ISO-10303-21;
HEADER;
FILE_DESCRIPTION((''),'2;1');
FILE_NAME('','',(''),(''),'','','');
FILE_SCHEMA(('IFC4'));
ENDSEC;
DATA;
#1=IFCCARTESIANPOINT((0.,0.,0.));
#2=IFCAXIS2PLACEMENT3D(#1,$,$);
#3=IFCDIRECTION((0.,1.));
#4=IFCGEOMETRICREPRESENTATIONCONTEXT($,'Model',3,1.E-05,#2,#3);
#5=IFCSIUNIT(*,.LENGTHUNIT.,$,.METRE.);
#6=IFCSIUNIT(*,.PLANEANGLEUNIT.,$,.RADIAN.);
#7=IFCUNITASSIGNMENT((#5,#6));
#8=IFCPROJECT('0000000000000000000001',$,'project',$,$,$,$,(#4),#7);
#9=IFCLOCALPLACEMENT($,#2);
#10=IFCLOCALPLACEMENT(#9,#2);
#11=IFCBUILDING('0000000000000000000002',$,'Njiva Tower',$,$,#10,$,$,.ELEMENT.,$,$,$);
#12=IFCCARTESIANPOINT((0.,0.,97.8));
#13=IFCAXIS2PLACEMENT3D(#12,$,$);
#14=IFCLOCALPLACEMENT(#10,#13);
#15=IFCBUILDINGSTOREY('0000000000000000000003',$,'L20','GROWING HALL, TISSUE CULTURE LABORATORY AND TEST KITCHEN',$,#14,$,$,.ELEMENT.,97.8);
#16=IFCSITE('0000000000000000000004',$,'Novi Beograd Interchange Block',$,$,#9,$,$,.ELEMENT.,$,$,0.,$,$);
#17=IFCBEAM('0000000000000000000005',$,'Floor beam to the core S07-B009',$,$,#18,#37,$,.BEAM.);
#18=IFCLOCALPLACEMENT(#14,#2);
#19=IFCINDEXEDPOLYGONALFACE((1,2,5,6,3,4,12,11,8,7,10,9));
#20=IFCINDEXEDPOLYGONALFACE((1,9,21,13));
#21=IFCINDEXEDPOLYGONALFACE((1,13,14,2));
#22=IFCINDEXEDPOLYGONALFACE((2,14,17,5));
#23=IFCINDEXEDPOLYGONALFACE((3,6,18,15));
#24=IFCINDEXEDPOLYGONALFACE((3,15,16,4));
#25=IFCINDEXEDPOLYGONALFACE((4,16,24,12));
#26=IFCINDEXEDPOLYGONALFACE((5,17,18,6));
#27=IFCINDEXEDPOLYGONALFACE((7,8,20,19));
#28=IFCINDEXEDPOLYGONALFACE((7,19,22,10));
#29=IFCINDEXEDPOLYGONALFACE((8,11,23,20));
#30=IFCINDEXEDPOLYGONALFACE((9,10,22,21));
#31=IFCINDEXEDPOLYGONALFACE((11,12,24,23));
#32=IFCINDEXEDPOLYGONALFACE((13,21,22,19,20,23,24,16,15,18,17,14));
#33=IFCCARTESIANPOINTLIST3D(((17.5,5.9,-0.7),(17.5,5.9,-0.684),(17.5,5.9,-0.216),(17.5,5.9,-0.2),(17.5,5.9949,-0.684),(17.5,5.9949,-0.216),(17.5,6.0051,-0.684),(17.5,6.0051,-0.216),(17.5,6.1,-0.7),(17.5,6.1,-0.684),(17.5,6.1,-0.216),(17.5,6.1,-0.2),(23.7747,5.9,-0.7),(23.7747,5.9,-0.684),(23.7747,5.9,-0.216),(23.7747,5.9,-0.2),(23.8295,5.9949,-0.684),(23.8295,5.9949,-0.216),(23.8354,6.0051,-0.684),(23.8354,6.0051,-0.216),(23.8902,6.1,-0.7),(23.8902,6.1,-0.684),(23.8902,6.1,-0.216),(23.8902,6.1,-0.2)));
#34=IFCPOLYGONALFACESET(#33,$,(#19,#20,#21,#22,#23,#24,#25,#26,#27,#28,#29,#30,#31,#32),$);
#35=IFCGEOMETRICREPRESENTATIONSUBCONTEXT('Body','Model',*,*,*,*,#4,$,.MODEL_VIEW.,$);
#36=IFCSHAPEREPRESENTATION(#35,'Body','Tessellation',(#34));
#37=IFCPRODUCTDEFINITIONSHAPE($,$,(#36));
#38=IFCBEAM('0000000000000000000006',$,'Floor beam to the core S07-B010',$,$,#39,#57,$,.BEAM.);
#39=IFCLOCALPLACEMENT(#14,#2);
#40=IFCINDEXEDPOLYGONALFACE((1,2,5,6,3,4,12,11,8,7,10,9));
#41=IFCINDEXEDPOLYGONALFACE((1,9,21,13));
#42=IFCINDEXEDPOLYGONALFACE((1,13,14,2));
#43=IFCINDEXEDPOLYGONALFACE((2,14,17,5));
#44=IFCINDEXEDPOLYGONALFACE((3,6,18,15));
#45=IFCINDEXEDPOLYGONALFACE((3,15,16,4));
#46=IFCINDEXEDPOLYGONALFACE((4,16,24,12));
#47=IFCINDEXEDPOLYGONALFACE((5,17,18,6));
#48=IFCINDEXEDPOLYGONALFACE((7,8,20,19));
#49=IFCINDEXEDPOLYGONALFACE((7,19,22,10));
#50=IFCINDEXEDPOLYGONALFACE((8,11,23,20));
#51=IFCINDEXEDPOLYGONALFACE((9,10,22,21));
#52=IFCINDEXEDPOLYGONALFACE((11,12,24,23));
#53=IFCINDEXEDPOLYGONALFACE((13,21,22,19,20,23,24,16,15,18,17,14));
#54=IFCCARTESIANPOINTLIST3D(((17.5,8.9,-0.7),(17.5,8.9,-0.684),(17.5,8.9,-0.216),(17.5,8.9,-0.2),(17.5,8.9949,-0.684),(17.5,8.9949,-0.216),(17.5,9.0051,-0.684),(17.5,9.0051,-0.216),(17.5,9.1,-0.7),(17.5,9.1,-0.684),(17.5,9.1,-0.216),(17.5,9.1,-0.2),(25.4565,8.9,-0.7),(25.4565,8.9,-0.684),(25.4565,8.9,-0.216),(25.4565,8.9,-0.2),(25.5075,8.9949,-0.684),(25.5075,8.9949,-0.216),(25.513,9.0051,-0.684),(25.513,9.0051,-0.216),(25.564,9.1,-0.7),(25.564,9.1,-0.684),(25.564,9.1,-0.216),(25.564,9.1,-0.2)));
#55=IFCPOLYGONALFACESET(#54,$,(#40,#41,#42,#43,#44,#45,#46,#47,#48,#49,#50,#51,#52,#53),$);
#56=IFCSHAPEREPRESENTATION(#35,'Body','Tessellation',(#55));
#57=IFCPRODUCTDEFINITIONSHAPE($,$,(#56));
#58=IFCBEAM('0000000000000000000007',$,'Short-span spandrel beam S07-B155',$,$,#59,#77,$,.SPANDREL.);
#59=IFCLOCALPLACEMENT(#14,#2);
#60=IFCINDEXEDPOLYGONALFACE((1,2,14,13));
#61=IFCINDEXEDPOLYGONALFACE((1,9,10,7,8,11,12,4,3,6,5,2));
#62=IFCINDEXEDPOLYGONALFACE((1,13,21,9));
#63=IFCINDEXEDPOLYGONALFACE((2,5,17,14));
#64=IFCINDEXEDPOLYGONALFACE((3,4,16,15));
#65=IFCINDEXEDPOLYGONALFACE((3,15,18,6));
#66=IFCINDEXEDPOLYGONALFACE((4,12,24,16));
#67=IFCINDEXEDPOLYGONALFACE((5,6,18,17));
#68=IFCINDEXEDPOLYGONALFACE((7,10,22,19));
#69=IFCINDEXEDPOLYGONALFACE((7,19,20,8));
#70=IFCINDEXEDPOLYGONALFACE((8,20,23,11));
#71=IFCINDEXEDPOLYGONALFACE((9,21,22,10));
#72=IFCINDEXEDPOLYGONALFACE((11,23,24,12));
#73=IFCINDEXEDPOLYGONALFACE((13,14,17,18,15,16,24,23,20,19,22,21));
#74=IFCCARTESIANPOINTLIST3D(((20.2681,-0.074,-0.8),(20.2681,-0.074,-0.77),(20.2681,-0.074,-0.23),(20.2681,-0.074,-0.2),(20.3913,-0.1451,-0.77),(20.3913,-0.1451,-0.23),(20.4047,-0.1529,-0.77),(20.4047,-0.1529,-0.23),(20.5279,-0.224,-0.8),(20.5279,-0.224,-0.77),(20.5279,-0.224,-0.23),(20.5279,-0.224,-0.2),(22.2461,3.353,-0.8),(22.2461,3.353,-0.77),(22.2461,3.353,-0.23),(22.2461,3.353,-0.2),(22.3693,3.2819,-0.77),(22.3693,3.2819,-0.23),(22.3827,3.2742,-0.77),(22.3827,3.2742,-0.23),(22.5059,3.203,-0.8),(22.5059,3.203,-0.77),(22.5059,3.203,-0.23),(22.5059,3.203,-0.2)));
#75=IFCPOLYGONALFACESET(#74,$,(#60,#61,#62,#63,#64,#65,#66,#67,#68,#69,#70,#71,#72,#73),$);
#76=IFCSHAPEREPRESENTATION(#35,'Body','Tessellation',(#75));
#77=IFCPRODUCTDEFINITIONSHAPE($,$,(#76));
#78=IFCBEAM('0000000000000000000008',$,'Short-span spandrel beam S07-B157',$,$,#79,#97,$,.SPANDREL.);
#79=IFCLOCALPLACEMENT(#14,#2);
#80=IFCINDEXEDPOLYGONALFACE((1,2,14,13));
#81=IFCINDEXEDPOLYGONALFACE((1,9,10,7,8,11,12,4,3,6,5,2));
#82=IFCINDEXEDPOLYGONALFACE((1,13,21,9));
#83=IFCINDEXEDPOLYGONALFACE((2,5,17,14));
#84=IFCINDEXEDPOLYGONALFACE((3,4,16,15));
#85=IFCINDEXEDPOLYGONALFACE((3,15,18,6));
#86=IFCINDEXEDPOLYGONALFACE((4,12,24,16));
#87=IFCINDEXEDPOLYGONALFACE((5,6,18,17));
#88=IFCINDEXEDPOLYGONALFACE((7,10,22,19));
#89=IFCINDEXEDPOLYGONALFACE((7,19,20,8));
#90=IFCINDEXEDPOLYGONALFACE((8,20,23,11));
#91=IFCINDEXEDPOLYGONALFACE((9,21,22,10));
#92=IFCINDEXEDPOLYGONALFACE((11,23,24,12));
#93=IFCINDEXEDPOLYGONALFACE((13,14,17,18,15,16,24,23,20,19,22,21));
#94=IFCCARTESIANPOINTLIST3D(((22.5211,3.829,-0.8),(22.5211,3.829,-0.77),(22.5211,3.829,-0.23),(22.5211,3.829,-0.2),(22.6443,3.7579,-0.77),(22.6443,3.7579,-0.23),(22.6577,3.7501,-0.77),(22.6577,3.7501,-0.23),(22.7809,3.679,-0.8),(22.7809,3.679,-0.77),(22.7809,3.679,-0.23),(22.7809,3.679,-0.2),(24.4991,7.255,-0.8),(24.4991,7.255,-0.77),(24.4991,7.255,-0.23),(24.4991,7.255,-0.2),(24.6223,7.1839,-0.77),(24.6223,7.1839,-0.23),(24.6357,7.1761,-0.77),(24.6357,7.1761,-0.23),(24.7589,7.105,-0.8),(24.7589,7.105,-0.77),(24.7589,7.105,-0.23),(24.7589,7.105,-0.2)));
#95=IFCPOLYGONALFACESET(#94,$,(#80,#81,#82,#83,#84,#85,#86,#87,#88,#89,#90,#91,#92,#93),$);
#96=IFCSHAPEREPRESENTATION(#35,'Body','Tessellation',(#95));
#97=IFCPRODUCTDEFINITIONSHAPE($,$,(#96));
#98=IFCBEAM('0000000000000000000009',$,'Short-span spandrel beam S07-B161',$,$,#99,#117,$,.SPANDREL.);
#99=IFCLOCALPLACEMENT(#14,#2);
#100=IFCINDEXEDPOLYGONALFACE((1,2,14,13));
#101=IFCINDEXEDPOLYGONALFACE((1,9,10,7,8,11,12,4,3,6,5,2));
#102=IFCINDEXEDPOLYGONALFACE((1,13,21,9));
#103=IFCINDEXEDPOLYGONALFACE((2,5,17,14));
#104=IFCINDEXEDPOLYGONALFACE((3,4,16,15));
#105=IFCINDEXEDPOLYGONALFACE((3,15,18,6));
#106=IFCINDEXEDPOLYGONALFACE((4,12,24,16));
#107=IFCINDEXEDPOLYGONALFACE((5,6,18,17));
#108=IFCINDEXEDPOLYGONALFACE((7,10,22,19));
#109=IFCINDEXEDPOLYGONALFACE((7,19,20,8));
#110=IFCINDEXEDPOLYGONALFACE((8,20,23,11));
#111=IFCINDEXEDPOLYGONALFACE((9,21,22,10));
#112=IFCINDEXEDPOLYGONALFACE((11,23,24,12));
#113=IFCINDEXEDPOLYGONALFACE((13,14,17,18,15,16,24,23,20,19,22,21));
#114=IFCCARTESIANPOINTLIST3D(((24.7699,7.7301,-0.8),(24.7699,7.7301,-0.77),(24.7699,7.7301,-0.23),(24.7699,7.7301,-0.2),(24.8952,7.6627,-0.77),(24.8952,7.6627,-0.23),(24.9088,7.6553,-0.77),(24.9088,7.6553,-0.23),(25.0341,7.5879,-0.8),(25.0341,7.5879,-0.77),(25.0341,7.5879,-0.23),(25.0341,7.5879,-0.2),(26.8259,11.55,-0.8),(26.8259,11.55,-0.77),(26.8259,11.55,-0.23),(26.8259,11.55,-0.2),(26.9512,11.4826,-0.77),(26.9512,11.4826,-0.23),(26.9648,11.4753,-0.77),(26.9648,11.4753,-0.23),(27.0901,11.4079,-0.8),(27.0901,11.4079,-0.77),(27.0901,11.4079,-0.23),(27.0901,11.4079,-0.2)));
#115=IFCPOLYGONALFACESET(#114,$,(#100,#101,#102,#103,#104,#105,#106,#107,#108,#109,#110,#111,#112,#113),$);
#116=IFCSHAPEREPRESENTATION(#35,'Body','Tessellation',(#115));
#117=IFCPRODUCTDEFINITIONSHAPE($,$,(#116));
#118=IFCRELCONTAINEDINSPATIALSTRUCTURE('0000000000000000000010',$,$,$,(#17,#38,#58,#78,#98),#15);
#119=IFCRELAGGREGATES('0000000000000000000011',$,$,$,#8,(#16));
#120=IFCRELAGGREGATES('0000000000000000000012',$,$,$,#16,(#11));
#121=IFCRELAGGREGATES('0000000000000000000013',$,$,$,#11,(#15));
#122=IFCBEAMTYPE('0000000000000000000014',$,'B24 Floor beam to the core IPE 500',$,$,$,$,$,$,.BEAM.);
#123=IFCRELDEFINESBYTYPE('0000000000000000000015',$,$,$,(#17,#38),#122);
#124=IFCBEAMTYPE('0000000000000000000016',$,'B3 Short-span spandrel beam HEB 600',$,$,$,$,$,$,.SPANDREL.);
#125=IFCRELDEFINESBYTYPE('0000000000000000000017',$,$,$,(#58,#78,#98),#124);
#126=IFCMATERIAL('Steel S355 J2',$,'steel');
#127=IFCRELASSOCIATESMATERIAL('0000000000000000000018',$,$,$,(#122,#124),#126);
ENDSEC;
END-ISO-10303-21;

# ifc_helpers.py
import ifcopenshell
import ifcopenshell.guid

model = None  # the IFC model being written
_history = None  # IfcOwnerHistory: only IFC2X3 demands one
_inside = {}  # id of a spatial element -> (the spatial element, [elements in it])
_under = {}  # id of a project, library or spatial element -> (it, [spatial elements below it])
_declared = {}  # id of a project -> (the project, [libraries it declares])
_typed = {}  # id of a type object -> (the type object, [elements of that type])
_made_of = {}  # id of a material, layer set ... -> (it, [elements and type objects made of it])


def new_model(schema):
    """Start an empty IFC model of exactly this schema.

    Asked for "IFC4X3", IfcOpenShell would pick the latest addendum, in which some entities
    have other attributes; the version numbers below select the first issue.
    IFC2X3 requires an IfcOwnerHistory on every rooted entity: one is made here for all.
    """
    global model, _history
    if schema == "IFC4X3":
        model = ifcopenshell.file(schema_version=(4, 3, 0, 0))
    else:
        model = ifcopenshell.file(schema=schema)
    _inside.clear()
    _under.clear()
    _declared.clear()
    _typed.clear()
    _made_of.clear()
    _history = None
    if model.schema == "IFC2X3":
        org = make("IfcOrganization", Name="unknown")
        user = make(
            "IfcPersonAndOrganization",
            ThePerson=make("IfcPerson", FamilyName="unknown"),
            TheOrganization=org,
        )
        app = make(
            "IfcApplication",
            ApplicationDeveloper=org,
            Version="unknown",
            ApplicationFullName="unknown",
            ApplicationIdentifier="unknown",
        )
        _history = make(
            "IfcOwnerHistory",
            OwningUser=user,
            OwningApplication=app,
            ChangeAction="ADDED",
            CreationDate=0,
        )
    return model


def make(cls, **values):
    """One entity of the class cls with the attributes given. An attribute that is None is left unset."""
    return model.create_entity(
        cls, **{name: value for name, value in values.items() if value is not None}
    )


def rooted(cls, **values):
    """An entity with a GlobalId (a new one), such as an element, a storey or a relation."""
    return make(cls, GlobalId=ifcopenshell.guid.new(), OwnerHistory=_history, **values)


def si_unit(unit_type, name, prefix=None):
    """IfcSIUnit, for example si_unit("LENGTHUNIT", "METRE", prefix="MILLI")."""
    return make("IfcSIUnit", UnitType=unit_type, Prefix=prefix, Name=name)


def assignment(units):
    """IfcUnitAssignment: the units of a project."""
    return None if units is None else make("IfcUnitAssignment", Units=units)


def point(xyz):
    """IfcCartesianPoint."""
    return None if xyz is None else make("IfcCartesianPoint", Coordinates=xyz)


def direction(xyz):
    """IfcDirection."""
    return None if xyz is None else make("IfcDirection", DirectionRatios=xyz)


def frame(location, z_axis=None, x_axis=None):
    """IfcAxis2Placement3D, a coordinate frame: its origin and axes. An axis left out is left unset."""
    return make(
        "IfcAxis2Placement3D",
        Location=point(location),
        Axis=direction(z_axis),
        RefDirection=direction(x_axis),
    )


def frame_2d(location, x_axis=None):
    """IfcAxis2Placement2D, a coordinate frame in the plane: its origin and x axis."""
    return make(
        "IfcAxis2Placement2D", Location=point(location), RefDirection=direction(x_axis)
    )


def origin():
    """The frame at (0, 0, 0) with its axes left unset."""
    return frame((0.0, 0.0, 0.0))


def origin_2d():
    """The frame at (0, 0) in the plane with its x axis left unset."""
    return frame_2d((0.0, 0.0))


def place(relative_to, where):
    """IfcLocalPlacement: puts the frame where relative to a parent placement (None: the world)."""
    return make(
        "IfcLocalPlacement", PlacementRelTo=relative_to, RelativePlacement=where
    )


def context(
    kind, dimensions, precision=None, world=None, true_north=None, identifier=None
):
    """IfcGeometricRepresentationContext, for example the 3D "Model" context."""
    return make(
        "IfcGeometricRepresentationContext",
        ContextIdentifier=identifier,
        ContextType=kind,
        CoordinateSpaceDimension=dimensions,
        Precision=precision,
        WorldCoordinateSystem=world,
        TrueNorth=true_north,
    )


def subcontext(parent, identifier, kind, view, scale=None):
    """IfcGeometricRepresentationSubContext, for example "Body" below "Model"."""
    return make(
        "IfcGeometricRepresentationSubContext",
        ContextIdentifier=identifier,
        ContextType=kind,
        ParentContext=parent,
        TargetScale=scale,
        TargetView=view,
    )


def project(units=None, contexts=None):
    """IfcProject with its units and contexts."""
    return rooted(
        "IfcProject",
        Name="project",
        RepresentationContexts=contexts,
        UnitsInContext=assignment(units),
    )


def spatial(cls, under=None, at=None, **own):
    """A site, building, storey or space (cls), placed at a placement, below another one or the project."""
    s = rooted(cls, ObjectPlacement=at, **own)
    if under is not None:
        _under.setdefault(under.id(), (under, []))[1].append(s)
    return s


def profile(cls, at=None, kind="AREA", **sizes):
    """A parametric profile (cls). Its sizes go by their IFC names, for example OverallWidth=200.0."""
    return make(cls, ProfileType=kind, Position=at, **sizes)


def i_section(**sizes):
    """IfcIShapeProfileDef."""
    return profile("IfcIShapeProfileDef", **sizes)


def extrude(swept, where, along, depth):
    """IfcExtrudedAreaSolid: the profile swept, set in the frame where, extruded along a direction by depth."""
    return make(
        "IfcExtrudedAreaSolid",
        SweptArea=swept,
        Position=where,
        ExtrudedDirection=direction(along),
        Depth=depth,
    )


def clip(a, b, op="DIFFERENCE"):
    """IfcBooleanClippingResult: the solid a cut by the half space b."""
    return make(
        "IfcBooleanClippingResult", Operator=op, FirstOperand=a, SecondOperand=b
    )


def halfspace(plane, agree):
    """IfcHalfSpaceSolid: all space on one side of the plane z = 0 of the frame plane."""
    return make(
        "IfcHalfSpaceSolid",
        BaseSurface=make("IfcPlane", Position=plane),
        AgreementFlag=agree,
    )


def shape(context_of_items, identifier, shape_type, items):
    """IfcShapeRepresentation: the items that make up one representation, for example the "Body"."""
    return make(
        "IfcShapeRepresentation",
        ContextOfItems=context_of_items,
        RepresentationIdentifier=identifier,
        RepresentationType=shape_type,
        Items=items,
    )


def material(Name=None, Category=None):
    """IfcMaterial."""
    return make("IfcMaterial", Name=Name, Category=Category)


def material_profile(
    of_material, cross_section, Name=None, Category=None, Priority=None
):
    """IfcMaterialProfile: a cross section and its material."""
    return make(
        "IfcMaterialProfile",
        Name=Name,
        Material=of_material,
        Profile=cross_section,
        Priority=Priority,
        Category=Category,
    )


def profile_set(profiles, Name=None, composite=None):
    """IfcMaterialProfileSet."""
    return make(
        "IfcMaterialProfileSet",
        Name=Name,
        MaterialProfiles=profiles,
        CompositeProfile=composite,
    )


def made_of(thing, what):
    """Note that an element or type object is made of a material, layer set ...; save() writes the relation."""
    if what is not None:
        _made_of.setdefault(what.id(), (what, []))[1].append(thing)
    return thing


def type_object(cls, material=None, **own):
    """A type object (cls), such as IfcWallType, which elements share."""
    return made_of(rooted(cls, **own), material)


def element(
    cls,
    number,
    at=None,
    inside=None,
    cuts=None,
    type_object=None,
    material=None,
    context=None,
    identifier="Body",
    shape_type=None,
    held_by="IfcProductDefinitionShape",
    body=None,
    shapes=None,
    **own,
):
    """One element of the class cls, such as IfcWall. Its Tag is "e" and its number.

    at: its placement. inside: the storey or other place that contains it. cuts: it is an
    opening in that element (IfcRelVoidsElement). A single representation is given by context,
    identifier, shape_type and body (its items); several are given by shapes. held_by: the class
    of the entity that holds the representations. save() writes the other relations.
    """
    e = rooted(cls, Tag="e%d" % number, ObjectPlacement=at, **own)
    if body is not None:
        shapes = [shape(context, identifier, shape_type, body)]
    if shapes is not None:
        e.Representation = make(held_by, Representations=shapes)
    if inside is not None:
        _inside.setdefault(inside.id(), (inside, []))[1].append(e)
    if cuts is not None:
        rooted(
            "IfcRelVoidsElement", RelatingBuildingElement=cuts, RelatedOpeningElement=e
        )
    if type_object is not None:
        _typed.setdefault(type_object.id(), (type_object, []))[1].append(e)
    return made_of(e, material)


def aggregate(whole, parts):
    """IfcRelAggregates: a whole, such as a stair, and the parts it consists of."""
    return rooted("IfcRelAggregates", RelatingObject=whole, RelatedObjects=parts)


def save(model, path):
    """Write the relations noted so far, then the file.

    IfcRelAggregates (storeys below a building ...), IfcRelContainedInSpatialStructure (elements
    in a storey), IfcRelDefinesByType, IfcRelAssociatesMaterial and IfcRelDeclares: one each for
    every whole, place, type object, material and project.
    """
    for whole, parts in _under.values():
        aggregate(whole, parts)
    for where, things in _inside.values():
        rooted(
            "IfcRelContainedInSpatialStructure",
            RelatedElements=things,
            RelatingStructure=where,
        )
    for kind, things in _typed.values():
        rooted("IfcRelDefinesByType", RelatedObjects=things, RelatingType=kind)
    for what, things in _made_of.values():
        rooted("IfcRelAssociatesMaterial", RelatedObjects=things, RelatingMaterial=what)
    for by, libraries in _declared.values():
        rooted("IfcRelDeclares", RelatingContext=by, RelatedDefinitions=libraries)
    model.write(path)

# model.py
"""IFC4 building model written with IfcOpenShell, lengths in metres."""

from ifc_helpers import new_model, si_unit, direction, frame, origin, origin_2d, place, context, subcontext, project, spatial, i_section, extrude, clip, halfspace, material, material_profile, profile_set, type_object, element, save


model = new_model("IFC4")

# Units and contexts
model_context = context("Model", 3, precision=1e-05, world=origin(), true_north=direction((0.0, 1.0)))
body_context = subcontext(model_context, "Body", "Model", "MODEL_VIEW")
ifc_project = project(units=[si_unit("LENGTHUNIT", "METRE"), si_unit("PLANEANGLEUNIT", "RADIAN")], contexts=[model_context])

# Site, building, storey
site_placement = place(None, origin())
site = spatial("IfcSite", under=ifc_project, at=site_placement, Name="Novi Beograd Interchange Block", CompositionType="ELEMENT", RefElevation=0.0)
building_placement = place(site_placement, origin())
building = spatial("IfcBuilding", under=site, at=building_placement, Name="Njiva Tower", CompositionType="ELEMENT")
storey_placement = place(building_placement, frame((0.0, 0.0, 97.8)))
storey = spatial("IfcBuildingStorey", under=building, at=storey_placement, Name="L20", Description="GROWING HALL, TISSUE CULTURE LABORATORY AND TEST KITCHEN", CompositionType="ELEMENT", Elevation=97.8)

# Shared definitions
ifc_material_1 = material(Name="Steel S355 J2", Category="steel")

# Beams
ifc_material_profile_1 = material_profile(ifc_material_1, i_section(OverallWidth=0.2, OverallDepth=0.5, WebThickness=0.0102, FlangeThickness=0.016, at=origin_2d()), Name="IPE 500")
ifc_profile_set_1 = profile_set([ifc_material_profile_1], Name="Steel S355 J2")
beam_type_1 = type_object("IfcBeamType", Name="B24 Floor beam to the core IPE 500", PredefinedType="BEAM", material=ifc_profile_set_1)
beam_1_placement = place(storey_placement, frame((17.5, 6.0, -0.45), z_axis=(1.0, 0.0, 0.0), x_axis=(0.0, 1.0, 0.0)))
element("IfcBeam", 1, at=beam_1_placement, inside=storey, type_object=beam_type_1, Name="Floor beam to the core S07-B009", PredefinedType="BEAM", context=body_context, shape_type="Clipping", body=[
    clip(extrude(i_section(OverallWidth=0.2, OverallDepth=0.5, WebThickness=0.0102, FlangeThickness=0.016, at=origin_2d()), origin(), (0.0, 0.0, 1.0), 6.41), halfspace(frame((-0.025, 0.0, 6.318), z_axis=(-0.499998, 0.0, 0.866027), x_axis=(0.0, 1.0, 0.0)), False)),
])
beam_2_placement = place(storey_placement, frame((17.5, 9.0, -0.45), z_axis=(1.0, 0.0, 0.0), x_axis=(0.0, 1.0, 0.0)))
element("IfcBeam", 2, at=beam_2_placement, inside=storey, type_object=beam_type_1, Name="Floor beam to the core S07-B010", PredefinedType="BEAM", context=body_context, shape_type="Clipping", body=[
    clip(extrude(i_section(OverallWidth=0.2, OverallDepth=0.5, WebThickness=0.0102, FlangeThickness=0.016, at=origin_2d()), origin(), (0.0, 0.0, 1.0), 8.084), halfspace(frame((-0.0237, 0.0, 7.9975), z_axis=(-0.473769, 0.0, 0.880649), x_axis=(0.0, 1.0, 0.0)), False)),
])
ifc_material_profile_2 = material_profile(ifc_material_1, i_section(OverallWidth=0.3, OverallDepth=0.6, WebThickness=0.0155, FlangeThickness=0.03, at=origin_2d()), Name="HEB 600")
ifc_profile_set_2 = profile_set([ifc_material_profile_2], Name="Steel S355 J2")
beam_type_2 = type_object("IfcBeamType", Name="B3 Short-span spandrel beam HEB 600", PredefinedType="SPANDREL", material=ifc_profile_set_2)
beam_3_placement = place(storey_placement, frame((20.398, -0.149, -0.5), z_axis=(0.49989, 0.866089, 0.0), x_axis=(-0.866089, 0.49989, 0.0)))
element("IfcBeam", 3, at=beam_3_placement, inside=storey, type_object=beam_type_2, Name="Short-span spandrel beam S07-B155", PredefinedType="SPANDREL", context=body_context, shape_type="SweptSolid", body=[
    extrude(i_section(OverallWidth=0.3, OverallDepth=0.6, WebThickness=0.0155, FlangeThickness=0.03, at=origin_2d()), origin(), (0.0, 0.0, 1.0), 3.9569),
])
beam_4_placement = place(storey_placement, frame((22.651, 3.754, -0.5), z_axis=(0.5, 0.866026, 0.0), x_axis=(-0.866026, 0.5, 0.0)))
element("IfcBeam", 4, at=beam_4_placement, inside=storey, type_object=beam_type_2, Name="Short-span spandrel beam S07-B157", PredefinedType="SPANDREL", context=body_context, shape_type="SweptSolid", body=[
    extrude(i_section(OverallWidth=0.3, OverallDepth=0.6, WebThickness=0.0155, FlangeThickness=0.03, at=origin_2d()), origin(), (0.0, 0.0, 1.0), 3.956),
])
beam_5_placement = place(storey_placement, frame((24.902, 7.659, -0.5), z_axis=(0.473935, 0.88056, 0.0), x_axis=(-0.88056, 0.473935, 0.0)))
element("IfcBeam", 5, at=beam_5_placement, inside=storey, type_object=beam_type_2, Name="Short-span spandrel beam S07-B161", PredefinedType="SPANDREL", context=body_context, shape_type="SweptSolid", body=[
    extrude(i_section(OverallWidth=0.3, OverallDepth=0.6, WebThickness=0.0155, FlangeThickness=0.03, at=origin_2d()), origin(), (0.0, 0.0, 1.0), 4.3381),
])

save(model, "model.ifc")
